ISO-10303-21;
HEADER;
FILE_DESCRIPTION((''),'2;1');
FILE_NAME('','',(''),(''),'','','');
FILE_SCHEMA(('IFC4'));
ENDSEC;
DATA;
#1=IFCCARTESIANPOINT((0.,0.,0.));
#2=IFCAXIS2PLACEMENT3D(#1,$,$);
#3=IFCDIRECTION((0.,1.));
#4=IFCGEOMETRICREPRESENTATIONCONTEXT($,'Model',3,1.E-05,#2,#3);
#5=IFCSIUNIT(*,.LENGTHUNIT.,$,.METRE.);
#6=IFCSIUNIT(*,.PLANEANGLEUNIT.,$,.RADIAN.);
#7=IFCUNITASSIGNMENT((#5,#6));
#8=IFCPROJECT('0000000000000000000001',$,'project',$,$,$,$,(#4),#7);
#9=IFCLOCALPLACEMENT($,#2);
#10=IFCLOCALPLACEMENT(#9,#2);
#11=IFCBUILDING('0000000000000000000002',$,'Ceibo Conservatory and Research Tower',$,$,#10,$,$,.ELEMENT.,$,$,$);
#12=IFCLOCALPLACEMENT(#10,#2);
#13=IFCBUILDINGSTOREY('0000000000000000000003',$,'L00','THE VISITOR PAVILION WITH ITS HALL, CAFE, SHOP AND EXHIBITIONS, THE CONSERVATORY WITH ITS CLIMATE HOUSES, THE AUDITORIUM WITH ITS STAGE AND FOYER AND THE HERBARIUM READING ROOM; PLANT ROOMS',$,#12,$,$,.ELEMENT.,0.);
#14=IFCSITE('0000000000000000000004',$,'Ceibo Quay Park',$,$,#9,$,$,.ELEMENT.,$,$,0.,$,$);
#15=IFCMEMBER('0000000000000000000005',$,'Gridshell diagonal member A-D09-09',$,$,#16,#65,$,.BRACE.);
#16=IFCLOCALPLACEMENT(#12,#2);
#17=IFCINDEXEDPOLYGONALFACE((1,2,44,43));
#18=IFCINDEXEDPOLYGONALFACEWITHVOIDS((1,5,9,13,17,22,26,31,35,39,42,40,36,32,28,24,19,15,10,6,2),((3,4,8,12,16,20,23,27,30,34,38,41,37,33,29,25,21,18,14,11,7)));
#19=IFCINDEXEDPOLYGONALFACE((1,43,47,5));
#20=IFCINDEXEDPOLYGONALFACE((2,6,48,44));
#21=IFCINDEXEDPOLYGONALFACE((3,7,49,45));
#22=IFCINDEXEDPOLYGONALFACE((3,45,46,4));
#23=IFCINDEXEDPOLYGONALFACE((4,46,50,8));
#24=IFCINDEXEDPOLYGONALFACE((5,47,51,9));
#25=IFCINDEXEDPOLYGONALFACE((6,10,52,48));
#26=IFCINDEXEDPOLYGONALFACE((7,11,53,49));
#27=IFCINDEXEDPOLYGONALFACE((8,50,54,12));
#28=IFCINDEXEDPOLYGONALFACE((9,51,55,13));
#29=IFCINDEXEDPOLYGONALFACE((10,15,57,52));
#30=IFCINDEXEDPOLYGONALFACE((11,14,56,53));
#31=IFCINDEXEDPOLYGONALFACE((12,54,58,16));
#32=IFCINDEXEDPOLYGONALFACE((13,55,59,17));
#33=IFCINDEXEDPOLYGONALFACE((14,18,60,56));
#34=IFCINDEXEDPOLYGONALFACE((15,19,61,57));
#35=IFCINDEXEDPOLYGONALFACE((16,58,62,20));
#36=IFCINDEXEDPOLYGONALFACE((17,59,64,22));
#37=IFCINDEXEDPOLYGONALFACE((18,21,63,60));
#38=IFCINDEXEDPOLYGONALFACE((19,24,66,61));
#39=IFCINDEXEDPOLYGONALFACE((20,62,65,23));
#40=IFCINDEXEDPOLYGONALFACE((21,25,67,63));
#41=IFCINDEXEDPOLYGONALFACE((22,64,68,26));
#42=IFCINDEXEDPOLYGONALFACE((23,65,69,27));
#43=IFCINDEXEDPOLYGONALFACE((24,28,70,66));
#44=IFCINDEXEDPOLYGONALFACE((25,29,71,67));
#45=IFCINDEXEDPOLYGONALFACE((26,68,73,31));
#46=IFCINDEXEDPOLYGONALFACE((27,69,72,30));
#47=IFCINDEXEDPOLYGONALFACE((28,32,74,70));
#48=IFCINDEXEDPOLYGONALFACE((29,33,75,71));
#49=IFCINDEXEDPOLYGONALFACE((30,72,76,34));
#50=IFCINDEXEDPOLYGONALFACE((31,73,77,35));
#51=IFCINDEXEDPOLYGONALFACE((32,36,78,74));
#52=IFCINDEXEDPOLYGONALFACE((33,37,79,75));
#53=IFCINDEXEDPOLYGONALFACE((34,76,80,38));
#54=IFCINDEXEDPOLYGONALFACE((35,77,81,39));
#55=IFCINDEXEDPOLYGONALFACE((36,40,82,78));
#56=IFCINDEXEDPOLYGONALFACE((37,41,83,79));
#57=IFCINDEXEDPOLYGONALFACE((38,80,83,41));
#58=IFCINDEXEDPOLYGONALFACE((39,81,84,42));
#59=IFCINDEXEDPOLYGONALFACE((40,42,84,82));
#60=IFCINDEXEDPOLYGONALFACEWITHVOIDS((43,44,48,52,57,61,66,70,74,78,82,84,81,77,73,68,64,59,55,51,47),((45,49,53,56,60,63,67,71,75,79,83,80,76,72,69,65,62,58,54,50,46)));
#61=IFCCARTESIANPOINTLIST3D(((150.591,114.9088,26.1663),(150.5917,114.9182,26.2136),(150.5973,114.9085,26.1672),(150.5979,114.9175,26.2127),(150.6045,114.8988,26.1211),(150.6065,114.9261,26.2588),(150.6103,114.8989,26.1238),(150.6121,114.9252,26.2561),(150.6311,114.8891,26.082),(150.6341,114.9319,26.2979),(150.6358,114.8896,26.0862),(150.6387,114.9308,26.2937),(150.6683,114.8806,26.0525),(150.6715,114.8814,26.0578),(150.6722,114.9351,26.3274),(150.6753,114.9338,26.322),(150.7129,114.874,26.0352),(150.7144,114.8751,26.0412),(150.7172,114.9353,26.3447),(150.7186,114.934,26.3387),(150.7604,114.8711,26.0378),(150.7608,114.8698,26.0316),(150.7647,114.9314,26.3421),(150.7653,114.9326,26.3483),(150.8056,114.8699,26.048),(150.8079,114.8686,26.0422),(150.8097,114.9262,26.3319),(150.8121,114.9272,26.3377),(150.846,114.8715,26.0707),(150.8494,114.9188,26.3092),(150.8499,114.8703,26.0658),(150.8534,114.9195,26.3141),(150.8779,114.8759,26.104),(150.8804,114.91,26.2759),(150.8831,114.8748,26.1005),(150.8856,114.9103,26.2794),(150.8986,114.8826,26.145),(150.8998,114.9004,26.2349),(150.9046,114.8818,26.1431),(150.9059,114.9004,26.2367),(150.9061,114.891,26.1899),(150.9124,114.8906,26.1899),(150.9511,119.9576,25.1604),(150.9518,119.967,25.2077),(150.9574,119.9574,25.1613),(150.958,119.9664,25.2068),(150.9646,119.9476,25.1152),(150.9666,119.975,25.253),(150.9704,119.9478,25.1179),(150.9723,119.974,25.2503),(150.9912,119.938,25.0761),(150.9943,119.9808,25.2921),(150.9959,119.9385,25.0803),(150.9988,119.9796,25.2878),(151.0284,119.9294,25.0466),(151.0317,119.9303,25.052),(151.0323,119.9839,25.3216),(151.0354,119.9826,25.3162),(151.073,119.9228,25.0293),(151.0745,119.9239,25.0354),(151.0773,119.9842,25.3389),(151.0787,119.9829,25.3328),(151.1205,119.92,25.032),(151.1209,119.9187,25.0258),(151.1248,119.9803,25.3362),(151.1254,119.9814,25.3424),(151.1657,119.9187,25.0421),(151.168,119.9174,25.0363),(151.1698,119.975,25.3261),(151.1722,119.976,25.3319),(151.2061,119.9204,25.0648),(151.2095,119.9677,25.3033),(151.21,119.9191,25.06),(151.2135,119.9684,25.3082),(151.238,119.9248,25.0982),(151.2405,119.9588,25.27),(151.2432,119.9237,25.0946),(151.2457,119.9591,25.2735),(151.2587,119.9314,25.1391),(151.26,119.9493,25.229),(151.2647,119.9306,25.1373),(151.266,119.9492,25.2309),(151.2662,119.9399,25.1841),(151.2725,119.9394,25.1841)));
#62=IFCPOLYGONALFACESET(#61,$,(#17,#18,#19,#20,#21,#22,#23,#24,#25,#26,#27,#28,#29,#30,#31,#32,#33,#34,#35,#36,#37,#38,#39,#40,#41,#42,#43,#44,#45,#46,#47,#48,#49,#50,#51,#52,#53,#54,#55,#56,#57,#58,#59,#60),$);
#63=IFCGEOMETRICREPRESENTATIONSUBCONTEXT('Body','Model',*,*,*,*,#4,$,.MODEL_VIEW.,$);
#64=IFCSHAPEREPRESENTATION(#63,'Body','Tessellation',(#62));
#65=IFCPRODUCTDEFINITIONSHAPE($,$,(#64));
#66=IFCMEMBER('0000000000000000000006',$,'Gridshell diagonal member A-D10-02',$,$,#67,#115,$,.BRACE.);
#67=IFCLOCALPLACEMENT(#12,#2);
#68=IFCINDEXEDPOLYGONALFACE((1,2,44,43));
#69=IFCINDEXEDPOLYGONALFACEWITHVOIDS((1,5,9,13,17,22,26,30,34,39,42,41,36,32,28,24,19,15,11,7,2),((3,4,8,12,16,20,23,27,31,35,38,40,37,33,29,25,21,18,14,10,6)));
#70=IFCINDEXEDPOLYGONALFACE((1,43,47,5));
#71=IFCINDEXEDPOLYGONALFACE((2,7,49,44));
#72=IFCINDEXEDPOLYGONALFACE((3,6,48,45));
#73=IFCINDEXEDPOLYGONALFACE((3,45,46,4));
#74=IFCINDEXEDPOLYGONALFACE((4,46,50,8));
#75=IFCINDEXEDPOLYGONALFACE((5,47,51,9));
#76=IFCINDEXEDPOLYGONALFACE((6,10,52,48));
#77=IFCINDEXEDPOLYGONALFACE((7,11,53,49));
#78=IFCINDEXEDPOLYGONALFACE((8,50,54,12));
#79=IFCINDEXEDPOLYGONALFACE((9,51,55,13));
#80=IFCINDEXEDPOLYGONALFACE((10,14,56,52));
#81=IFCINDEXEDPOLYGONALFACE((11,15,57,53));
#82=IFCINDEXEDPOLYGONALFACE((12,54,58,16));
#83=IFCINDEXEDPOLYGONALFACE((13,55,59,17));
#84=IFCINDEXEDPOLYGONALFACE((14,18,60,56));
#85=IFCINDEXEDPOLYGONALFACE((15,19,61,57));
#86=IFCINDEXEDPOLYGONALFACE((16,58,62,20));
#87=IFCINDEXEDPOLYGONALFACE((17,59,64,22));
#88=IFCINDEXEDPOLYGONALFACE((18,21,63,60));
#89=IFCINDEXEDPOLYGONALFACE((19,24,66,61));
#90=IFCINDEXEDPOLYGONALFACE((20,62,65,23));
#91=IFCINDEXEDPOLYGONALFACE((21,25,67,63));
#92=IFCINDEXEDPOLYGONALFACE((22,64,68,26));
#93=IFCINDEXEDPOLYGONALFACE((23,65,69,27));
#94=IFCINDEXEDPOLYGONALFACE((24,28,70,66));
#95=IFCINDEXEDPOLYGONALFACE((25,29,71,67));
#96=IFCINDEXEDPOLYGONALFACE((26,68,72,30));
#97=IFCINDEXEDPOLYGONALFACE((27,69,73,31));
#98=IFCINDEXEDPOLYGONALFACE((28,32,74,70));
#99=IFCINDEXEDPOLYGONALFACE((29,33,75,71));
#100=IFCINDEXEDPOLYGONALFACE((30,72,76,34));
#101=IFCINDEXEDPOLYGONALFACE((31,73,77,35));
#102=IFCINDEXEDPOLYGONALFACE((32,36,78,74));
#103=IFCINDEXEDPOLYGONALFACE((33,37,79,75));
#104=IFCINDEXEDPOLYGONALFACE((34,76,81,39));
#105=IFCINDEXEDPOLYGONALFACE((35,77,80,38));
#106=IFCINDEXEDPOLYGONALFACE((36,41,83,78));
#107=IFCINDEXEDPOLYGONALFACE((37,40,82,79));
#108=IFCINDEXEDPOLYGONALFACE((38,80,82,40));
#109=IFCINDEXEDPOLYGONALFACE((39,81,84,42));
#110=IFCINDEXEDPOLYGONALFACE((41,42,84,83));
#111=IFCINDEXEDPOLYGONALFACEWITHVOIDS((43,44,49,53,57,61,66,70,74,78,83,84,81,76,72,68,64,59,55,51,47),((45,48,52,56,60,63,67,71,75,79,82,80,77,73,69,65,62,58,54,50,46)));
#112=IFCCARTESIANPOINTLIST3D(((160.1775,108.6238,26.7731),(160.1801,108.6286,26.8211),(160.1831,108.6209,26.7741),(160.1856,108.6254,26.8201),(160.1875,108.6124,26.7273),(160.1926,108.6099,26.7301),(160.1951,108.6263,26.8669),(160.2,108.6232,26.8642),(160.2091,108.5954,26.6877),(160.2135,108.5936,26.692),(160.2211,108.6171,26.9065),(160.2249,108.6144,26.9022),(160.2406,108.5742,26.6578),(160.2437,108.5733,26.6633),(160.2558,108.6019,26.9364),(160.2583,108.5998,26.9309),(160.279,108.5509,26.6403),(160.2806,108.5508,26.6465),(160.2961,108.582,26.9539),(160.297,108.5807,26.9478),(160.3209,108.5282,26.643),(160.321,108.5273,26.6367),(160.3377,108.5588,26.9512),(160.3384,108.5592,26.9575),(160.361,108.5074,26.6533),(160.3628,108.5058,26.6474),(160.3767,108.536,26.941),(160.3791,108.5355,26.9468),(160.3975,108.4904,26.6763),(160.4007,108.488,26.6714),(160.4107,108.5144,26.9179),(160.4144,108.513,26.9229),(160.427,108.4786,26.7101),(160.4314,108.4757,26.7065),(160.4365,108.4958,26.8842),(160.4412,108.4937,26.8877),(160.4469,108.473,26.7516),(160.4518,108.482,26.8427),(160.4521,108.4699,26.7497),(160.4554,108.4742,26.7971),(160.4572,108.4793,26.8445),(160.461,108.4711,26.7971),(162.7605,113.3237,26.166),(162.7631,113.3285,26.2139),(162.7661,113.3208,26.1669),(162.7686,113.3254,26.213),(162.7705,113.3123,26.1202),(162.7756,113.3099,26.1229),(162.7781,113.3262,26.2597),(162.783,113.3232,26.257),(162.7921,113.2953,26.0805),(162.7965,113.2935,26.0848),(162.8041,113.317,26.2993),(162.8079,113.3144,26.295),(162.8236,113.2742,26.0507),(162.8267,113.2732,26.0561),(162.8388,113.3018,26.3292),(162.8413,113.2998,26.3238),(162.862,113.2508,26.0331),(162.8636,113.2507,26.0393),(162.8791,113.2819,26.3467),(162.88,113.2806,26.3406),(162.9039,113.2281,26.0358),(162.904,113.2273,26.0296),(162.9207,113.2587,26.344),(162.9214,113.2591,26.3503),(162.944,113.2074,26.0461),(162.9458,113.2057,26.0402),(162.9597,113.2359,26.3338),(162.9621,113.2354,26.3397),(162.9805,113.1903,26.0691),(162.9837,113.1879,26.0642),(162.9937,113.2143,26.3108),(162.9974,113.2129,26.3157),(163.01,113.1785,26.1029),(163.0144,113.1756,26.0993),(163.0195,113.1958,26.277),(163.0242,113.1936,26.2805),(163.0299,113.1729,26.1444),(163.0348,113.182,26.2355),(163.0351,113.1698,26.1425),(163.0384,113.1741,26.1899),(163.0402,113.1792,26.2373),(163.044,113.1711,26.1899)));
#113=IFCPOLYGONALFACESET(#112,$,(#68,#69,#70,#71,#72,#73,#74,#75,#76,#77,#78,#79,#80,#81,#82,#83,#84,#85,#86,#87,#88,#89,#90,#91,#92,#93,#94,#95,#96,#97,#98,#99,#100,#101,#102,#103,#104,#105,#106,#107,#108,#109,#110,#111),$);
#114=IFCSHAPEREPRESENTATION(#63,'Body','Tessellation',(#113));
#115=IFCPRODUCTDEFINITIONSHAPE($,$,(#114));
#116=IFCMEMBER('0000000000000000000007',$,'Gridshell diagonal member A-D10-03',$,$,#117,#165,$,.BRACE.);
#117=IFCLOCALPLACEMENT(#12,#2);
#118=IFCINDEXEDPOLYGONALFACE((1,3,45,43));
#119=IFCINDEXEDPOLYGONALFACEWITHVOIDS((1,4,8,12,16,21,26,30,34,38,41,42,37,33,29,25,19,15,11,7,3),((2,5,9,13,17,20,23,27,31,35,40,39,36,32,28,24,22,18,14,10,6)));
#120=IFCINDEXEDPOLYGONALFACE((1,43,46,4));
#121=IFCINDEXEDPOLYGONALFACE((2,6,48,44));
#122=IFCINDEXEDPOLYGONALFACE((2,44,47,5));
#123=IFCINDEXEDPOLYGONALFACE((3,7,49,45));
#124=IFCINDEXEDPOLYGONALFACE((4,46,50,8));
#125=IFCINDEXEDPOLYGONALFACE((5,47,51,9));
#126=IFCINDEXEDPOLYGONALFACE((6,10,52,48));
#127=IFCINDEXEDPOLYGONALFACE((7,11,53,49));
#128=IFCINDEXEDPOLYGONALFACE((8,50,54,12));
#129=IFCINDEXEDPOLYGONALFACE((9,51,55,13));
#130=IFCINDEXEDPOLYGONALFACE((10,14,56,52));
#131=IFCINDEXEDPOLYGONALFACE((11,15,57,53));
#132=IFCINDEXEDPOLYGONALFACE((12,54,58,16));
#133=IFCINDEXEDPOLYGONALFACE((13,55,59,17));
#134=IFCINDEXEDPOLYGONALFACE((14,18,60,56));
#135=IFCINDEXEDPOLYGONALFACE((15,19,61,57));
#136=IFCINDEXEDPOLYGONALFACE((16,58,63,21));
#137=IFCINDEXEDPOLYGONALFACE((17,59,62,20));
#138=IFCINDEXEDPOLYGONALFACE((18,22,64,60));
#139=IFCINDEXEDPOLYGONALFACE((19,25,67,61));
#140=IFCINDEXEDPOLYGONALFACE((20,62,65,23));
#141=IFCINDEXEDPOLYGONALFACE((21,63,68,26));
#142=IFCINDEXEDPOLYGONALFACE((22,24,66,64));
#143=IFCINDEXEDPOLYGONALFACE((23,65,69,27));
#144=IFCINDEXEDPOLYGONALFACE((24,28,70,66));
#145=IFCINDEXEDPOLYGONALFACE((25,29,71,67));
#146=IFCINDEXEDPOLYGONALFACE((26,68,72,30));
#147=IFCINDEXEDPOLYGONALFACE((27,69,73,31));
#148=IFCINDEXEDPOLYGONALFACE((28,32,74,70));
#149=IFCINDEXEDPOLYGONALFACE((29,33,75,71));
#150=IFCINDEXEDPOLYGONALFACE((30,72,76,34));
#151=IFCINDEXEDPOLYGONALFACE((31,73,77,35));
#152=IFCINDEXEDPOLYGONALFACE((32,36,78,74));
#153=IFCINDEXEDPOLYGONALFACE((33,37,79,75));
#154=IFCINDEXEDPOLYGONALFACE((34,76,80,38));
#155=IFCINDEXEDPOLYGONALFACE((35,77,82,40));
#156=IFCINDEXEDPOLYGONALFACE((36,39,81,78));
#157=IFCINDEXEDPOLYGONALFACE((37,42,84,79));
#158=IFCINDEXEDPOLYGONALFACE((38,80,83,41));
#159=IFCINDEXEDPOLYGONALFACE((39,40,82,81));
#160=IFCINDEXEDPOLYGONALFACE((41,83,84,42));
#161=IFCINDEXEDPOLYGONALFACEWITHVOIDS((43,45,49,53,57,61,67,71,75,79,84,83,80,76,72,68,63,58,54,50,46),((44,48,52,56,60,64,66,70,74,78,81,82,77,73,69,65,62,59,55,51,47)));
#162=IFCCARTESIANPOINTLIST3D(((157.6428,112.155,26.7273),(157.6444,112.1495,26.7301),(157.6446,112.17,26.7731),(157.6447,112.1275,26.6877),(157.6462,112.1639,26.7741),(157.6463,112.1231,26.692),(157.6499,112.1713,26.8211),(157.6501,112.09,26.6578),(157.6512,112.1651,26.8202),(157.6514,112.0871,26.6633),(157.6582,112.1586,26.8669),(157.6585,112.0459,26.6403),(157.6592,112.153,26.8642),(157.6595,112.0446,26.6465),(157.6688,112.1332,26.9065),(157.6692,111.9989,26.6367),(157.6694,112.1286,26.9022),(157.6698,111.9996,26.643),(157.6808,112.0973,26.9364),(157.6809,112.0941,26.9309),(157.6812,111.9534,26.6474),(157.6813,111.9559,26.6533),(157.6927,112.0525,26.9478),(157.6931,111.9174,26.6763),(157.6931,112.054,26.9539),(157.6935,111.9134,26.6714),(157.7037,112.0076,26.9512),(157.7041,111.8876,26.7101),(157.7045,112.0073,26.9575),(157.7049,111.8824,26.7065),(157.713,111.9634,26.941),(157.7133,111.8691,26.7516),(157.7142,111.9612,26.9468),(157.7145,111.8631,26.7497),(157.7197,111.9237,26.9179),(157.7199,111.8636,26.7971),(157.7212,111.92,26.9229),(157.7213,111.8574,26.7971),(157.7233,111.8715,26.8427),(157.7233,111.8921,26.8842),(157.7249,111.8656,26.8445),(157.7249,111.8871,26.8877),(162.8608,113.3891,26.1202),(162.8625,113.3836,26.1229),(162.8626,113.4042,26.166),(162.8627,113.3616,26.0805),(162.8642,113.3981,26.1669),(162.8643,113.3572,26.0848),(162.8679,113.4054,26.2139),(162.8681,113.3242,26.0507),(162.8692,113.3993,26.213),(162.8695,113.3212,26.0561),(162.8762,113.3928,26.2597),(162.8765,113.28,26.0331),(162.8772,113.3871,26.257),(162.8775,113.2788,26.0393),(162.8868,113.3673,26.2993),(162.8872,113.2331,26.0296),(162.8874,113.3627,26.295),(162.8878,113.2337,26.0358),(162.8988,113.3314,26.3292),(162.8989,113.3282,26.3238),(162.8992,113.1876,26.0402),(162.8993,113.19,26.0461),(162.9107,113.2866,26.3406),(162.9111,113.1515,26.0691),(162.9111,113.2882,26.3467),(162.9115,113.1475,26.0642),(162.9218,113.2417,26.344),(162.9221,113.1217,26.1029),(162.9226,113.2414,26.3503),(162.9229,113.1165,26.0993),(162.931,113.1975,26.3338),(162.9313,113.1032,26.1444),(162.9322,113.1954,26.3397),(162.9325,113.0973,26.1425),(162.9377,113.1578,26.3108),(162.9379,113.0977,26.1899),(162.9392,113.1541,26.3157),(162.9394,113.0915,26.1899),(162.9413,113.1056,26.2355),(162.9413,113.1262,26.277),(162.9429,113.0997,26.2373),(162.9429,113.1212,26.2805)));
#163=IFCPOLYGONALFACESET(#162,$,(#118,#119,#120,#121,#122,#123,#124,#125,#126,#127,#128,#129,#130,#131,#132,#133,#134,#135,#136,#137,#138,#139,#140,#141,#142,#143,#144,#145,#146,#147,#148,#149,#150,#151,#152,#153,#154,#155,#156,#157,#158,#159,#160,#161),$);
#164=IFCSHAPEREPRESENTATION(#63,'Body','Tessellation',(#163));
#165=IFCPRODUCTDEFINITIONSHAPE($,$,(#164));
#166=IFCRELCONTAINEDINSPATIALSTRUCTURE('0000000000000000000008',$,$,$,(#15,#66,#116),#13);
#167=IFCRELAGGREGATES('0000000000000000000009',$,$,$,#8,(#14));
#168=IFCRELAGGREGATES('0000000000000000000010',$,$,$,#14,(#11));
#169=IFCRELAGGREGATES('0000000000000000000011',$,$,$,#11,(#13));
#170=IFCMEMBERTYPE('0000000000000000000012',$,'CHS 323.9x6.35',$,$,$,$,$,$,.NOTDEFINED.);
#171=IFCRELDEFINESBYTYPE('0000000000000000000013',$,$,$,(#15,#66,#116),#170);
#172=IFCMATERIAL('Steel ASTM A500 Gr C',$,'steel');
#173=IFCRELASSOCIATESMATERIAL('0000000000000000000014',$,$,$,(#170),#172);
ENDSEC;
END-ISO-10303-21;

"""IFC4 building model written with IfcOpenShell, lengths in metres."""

from ifc_helpers import new_model, si_unit, direction, frame, origin, origin_2d, place, context, subcontext, project, spatial, hollow_circle, extrude, material, material_profile, profile_set, type_object, element, save


model = new_model("IFC4")

# Units and contexts
model_context = context("Model", 3, precision=1e-05, world=origin(), true_north=direction((0.0, 1.0)))
body_context = subcontext(model_context, "Body", "Model", "MODEL_VIEW")
ifc_project = project(units=[si_unit("LENGTHUNIT", "METRE"), si_unit("PLANEANGLEUNIT", "RADIAN")], contexts=[model_context])

# Site, building, storey
site_placement = place(None, origin())
site = spatial("IfcSite", under=ifc_project, at=site_placement, Name="Ceibo Quay Park", CompositionType="ELEMENT", RefElevation=0.0)
building_placement = place(site_placement, origin())
building = spatial("IfcBuilding", under=site, at=building_placement, Name="Ceibo Conservatory and Research Tower", CompositionType="ELEMENT")
storey_placement = place(building_placement, origin())
storey = spatial("IfcBuildingStorey", under=building, at=storey_placement, Name="L00", Description="THE VISITOR PAVILION WITH ITS HALL, CAFE, SHOP AND EXHIBITIONS, THE CONSERVATORY WITH ITS CLIMATE HOUSES, THE AUDITORIUM WITH ITS STAGE AND FOYER AND THE HERBARIUM READING ROOM; PLANT ROOMS", CompositionType="ELEMENT", Elevation=0.0)

# Members
ifc_material_1 = material(Name="Steel ASTM A500 Gr C", Category="steel")
ifc_material_profile_1 = material_profile(ifc_material_1, hollow_circle(Radius=0.1619, WallThickness=0.0063, at=origin_2d()), Name="CHS 323.9x6.35")
ifc_profile_set_1 = profile_set([ifc_material_profile_1], Name="Steel ASTM A500 Gr C")
member_type_1 = type_object("IfcMemberType", Name="CHS 323.9x6.35", PredefinedType="NOTDEFINED", material=ifc_profile_set_1)
member_1_placement = place(storey_placement, frame((151.1111, 119.9509, 25.1841), z_axis=(-0.06978, -0.978336, 0.19491), x_axis=(0.997466, -0.071144, 0.0)))
element("IfcMember", 1, at=member_1_placement, inside=storey, type_object=member_type_1, Name="Gridshell diagonal member A-D09-09", PredefinedType="BRACE", context=body_context, shape_type="SweptSolid", body=[
    extrude(hollow_circle(Radius=0.1619, WallThickness=0.0063, at=origin_2d()), origin(), (0.0, 0.0, 1.0), 5.1606),
])
member_2_placement = place(storey_placement, frame((162.9021, 113.249, 26.1899), z_axis=(-0.47858, -0.870807, 0.112498), x_axis=(0.876371, -0.481637, 0.0)))
element("IfcMember", 2, at=member_2_placement, inside=storey, type_object=member_type_1, Name="Gridshell diagonal member A-D10-02", PredefinedType="BRACE", context=body_context, shape_type="SweptSolid", body=[
    extrude(hollow_circle(Radius=0.1619, WallThickness=0.0063, at=origin_2d()), origin(), (0.0, 0.0, 1.0), 5.3972),
])
member_3_placement = place(storey_placement, frame((162.9021, 113.249, 26.1899), z_axis=(-0.966972, -0.228702, 0.112519), x_axis=(0.230163, -0.973152, 0.0)))
element("IfcMember", 3, at=member_3_placement, inside=storey, type_object=member_type_1, Name="Gridshell diagonal member A-D10-03", PredefinedType="BRACE", context=body_context, shape_type="SweptSolid", body=[
    extrude(hollow_circle(Radius=0.1619, WallThickness=0.0063, at=origin_2d()), origin(), (0.0, 0.0, 1.0), 5.3962),
])

save(model, "model.ifc")
